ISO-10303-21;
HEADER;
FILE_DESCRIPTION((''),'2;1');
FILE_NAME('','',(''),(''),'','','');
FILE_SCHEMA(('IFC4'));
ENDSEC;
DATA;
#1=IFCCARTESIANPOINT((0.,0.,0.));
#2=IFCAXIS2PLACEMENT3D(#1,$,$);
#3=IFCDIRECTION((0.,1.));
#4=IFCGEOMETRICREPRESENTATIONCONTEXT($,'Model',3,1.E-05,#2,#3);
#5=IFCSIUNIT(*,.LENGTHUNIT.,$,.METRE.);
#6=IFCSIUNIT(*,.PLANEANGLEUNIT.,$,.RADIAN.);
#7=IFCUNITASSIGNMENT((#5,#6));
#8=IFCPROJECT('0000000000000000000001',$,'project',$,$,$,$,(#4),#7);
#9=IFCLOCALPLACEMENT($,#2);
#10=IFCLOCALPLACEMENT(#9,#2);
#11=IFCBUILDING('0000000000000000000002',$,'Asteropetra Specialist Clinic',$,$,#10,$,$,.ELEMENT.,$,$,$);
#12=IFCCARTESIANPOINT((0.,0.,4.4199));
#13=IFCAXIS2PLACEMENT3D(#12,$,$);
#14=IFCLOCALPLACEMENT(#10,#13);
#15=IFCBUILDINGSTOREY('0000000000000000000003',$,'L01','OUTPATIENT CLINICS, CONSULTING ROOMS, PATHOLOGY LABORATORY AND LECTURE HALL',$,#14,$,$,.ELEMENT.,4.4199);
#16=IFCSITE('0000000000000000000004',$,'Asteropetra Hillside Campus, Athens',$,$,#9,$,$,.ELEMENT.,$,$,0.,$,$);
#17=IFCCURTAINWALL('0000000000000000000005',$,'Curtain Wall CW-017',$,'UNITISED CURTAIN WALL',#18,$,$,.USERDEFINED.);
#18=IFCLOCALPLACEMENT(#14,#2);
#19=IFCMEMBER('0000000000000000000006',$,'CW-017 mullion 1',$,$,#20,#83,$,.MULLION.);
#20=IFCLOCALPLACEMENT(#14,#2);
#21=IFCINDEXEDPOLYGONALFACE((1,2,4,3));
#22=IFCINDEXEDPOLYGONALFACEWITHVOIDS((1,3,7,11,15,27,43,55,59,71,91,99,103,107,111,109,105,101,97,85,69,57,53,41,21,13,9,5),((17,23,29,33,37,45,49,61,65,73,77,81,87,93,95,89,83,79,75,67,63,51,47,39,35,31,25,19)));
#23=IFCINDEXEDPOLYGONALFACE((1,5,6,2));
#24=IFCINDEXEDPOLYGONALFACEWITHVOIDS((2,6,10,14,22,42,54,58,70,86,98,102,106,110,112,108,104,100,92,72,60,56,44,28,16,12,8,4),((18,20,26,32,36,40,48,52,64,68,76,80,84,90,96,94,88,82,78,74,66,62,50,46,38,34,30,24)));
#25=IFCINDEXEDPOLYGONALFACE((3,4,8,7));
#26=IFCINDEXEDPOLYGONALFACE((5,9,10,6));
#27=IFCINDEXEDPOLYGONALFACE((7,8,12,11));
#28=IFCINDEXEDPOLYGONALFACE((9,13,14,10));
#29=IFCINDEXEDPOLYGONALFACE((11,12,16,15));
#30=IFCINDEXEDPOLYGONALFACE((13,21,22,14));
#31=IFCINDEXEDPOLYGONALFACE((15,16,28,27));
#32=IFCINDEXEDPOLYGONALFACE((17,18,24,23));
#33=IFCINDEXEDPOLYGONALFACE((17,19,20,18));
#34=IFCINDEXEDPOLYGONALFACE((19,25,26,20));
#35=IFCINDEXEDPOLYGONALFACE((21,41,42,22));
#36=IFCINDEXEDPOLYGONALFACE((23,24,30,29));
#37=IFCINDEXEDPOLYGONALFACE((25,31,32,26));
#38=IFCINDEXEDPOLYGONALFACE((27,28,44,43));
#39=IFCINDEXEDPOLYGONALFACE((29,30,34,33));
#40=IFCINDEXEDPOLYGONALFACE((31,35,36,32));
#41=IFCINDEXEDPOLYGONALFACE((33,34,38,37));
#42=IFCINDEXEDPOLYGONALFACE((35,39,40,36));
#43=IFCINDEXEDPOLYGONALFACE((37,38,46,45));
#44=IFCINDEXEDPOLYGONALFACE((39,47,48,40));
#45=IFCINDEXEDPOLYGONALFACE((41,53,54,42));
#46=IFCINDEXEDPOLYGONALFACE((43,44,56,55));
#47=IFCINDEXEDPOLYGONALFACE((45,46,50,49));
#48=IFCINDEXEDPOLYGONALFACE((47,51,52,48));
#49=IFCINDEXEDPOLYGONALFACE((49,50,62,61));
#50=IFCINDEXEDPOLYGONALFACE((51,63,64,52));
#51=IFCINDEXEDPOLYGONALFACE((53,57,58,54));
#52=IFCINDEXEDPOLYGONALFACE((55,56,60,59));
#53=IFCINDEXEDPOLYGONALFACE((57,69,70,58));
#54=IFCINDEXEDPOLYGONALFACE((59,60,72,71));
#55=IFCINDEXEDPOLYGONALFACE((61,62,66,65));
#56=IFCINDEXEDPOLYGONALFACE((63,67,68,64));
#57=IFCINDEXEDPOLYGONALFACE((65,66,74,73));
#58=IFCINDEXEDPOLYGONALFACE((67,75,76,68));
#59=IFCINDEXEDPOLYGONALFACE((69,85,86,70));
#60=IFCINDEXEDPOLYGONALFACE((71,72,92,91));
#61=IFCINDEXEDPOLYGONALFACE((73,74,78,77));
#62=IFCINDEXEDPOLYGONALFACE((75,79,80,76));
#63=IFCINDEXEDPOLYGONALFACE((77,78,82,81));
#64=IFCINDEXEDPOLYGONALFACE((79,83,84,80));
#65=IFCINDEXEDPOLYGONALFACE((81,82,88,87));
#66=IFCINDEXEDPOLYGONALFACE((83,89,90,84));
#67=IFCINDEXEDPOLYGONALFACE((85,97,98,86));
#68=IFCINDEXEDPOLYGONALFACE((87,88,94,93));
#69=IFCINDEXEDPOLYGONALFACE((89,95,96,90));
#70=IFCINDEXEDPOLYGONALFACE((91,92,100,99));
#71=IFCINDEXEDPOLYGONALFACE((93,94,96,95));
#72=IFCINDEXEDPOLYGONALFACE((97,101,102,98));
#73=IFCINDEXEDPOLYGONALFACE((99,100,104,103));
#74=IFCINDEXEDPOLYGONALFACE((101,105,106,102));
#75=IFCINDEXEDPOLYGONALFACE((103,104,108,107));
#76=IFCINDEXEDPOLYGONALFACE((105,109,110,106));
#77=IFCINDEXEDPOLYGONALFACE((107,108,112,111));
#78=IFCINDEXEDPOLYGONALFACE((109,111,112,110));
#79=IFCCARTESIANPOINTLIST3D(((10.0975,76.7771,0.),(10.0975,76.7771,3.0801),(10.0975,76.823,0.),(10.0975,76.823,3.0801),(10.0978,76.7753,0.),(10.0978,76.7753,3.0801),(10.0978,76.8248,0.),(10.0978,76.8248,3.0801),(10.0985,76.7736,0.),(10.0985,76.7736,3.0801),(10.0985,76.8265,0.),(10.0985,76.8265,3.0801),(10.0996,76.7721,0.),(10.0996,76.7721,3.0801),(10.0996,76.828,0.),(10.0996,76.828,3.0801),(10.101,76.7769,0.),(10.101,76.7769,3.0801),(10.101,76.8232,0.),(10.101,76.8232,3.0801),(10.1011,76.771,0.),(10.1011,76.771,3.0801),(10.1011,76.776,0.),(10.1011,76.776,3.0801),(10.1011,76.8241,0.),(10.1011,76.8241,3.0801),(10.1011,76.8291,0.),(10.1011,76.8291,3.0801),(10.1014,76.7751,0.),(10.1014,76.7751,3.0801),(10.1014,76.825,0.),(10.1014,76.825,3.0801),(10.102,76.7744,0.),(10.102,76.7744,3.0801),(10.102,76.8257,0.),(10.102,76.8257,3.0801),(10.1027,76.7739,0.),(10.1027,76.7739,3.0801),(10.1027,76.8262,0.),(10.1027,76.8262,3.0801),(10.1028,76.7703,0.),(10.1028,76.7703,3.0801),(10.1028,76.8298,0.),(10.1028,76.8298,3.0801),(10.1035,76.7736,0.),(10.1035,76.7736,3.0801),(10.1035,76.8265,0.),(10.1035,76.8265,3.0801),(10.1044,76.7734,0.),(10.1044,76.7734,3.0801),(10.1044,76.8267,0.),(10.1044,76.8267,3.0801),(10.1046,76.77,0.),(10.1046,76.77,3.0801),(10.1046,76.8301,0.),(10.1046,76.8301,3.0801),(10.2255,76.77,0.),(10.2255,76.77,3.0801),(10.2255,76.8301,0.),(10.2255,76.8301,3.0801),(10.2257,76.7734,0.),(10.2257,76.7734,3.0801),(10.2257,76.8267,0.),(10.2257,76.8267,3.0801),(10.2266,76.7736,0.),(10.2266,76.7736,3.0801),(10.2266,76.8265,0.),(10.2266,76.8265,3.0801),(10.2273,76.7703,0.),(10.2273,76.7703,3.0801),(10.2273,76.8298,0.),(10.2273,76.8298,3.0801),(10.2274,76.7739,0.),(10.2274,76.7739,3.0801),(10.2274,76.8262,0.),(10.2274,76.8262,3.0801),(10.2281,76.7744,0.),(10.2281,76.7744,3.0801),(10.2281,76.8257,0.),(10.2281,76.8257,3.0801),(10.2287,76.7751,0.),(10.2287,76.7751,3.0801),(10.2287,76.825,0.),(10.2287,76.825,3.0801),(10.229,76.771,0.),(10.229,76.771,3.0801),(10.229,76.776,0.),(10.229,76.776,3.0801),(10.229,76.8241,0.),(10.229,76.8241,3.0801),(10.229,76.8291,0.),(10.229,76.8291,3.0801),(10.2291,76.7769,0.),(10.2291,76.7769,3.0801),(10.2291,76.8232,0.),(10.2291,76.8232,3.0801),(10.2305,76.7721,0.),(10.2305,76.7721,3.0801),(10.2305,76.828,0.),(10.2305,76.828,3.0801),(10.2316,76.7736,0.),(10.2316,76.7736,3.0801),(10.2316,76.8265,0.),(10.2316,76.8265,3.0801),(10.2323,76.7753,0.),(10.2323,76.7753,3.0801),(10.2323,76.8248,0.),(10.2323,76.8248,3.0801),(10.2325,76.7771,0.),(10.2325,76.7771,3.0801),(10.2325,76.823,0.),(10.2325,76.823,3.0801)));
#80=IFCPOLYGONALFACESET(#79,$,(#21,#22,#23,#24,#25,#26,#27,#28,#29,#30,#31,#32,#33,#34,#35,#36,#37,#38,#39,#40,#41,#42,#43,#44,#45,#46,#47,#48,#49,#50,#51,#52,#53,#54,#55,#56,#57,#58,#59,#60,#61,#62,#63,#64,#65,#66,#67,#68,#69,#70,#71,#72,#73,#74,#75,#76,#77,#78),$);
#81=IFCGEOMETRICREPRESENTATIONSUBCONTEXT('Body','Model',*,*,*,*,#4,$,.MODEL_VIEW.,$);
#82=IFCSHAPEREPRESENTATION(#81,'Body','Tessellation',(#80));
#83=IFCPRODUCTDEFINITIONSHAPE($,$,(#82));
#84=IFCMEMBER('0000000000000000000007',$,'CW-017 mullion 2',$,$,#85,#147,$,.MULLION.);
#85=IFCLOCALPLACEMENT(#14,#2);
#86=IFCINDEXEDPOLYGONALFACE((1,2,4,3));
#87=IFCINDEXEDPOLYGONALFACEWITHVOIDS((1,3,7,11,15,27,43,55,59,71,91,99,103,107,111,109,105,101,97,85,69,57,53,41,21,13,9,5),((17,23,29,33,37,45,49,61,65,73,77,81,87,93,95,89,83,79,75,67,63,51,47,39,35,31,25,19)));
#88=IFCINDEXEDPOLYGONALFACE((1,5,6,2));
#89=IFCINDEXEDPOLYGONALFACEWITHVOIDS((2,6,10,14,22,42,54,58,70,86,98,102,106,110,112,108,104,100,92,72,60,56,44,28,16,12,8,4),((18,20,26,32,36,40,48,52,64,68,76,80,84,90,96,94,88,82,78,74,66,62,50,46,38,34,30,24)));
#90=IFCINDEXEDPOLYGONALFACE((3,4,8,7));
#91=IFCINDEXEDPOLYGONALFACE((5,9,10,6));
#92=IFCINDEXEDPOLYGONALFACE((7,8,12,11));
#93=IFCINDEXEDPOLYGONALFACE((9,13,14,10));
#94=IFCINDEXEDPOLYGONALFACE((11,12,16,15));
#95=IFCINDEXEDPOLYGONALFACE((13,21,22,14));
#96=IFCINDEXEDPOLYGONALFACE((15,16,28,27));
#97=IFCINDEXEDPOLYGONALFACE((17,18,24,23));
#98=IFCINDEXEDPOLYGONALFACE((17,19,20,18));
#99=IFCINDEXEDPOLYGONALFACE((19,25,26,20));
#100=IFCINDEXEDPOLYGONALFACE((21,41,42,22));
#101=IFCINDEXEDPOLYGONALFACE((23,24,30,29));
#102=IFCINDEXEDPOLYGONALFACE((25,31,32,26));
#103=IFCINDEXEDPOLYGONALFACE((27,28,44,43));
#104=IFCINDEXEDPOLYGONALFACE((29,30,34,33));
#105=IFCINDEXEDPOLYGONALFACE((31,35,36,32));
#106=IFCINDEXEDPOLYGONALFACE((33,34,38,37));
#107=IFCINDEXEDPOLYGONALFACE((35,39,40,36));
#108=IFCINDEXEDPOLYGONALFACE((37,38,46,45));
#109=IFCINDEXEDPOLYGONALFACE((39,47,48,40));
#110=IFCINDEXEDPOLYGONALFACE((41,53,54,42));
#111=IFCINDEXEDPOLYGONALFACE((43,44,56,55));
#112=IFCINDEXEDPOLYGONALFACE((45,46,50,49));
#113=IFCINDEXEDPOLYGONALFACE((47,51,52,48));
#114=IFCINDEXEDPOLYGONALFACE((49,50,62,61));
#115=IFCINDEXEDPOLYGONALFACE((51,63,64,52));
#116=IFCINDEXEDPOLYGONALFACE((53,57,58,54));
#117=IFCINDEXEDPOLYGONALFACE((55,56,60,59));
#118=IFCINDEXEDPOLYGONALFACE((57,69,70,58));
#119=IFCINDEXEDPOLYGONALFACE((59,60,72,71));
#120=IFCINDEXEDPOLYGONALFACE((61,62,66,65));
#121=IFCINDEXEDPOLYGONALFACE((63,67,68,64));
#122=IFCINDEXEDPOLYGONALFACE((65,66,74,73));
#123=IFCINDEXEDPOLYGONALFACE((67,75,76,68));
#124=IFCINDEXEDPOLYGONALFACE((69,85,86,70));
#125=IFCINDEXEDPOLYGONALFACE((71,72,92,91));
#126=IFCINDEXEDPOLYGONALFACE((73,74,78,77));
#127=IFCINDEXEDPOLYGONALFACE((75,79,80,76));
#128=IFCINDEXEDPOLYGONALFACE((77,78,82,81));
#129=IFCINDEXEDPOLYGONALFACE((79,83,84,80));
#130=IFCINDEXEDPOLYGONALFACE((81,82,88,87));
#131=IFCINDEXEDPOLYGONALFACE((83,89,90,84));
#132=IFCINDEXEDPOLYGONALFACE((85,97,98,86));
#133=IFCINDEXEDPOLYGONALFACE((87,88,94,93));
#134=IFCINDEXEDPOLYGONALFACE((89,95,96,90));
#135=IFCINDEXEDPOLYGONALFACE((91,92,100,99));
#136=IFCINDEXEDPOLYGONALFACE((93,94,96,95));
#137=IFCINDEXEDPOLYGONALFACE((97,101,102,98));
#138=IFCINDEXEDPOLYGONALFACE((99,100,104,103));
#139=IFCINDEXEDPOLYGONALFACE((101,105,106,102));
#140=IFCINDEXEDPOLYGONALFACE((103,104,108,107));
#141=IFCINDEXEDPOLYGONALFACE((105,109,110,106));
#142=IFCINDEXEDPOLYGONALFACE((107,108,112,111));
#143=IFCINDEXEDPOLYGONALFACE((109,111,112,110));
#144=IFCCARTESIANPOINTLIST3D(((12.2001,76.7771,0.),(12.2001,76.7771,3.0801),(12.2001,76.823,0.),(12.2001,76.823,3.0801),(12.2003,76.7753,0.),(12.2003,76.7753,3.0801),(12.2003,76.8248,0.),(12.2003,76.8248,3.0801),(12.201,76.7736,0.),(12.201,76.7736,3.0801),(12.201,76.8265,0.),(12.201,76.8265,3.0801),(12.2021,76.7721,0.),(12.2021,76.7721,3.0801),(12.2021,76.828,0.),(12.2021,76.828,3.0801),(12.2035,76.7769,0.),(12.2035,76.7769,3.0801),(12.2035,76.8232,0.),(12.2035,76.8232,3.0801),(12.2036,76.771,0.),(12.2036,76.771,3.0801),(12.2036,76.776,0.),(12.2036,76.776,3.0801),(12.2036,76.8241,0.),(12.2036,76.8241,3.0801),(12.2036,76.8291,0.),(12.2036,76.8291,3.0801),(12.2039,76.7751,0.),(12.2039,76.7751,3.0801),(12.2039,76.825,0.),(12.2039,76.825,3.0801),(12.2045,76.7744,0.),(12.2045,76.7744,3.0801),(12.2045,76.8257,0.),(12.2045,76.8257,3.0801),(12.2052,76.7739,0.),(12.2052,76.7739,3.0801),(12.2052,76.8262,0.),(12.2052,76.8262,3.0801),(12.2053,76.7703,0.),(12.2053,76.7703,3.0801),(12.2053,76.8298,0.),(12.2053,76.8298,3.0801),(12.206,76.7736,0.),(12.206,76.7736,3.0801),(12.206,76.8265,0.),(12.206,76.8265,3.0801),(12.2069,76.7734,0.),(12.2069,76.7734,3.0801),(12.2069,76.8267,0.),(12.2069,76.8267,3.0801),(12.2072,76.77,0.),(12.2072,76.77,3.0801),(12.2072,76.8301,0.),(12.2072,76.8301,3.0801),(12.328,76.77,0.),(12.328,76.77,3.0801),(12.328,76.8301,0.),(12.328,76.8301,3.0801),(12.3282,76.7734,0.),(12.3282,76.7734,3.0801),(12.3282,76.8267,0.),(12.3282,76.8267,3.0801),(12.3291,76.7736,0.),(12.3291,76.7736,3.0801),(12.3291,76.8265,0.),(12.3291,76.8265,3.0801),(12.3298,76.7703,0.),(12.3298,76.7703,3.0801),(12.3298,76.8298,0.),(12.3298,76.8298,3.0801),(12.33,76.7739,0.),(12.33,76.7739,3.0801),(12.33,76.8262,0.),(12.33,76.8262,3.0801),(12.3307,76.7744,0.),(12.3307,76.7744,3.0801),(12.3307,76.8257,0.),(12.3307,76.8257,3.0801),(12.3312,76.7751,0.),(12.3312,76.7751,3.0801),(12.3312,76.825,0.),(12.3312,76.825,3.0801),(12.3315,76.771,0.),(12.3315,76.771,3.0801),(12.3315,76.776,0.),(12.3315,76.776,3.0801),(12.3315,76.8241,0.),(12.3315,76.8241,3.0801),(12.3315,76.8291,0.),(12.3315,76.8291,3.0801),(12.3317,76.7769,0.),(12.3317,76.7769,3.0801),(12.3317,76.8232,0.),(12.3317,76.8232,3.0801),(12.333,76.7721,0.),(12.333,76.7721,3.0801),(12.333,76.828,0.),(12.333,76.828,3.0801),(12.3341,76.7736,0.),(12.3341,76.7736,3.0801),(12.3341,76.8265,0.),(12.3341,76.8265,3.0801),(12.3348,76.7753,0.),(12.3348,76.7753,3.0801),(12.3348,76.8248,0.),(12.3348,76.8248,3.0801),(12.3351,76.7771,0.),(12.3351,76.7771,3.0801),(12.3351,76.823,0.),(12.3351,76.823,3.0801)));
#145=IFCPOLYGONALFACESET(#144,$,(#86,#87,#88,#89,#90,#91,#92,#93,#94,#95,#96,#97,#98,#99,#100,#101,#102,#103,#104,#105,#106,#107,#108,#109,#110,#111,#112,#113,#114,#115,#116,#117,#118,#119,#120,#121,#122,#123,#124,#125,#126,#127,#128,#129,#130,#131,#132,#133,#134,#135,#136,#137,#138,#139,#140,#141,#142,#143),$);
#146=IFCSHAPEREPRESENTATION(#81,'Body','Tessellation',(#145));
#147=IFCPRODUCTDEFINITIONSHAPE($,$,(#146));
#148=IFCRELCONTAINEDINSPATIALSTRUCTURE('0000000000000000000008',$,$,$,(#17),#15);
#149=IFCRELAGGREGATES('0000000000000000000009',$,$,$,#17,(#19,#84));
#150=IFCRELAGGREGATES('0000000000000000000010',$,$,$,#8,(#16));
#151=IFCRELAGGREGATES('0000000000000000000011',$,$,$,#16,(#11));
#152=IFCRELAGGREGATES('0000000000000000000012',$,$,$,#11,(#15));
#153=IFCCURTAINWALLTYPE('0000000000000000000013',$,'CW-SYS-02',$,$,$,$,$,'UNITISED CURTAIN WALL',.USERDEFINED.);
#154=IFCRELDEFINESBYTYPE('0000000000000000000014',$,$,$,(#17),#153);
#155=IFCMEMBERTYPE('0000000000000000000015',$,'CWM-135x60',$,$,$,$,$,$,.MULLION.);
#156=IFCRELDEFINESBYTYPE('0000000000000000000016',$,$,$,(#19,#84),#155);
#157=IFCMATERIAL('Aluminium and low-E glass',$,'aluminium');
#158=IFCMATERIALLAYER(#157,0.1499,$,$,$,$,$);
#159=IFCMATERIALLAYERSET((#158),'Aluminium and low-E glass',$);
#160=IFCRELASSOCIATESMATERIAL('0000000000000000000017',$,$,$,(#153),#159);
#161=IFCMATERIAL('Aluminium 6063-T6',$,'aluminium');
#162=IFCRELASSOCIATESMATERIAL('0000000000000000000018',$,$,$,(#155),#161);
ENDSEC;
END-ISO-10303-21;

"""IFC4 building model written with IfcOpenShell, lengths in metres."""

from ifc_helpers import new_model, si_unit, direction, frame, origin, origin_2d, place, context, subcontext, project, spatial, hollow_rectangle, extrude, material, layer, layer_set, material_profile, profile_set, type_object, element, aggregate, save


model = new_model("IFC4")

# Units and contexts
model_context = context("Model", 3, precision=1e-05, world=origin(), true_north=direction((0.0, 1.0)))
body_context = subcontext(model_context, "Body", "Model", "MODEL_VIEW")
ifc_project = project(units=[si_unit("LENGTHUNIT", "METRE"), si_unit("PLANEANGLEUNIT", "RADIAN")], contexts=[model_context])

# Site, building, storey
site_placement = place(None, origin())
site = spatial("IfcSite", under=ifc_project, at=site_placement, Name="Asteropetra Hillside Campus, Athens", CompositionType="ELEMENT", RefElevation=0.0)
building_placement = place(site_placement, origin())
building = spatial("IfcBuilding", under=site, at=building_placement, Name="Asteropetra Specialist Clinic", CompositionType="ELEMENT")
storey_placement = place(building_placement, frame((0.0, 0.0, 4.4199)))
storey = spatial("IfcBuildingStorey", under=building, at=storey_placement, Name="L01", Description="OUTPATIENT CLINICS, CONSULTING ROOMS, PATHOLOGY LABORATORY AND LECTURE HALL", CompositionType="ELEMENT", Elevation=4.4199)

# Curtain wall, members
ifc_material_1 = material(Name="Aluminium and low-E glass", Category="aluminium")
ifc_layer_1 = layer(ifc_material_1, 0.1499)
ifc_layer_set_1 = layer_set([ifc_layer_1], Name="Aluminium and low-E glass")
curtain_wall_type_1 = type_object("IfcCurtainWallType", Name="CW-SYS-02", ElementType="UNITISED CURTAIN WALL", PredefinedType="USERDEFINED", material=ifc_layer_set_1)
curtain_wall_1_placement = place(storey_placement, origin())
curtain_wall_1 = element("IfcCurtainWall", 1, at=curtain_wall_1_placement, inside=storey, type_object=curtain_wall_type_1, Name="Curtain Wall CW-017", ObjectType="UNITISED CURTAIN WALL", PredefinedType="USERDEFINED")
ifc_material_2 = material(Name="Aluminium 6063-T6", Category="aluminium")
ifc_material_profile_1 = material_profile(ifc_material_2, hollow_rectangle(XDim=0.0601, YDim=0.135, WallThickness=0.0034, InnerFilletRadius=0.0034, OuterFilletRadius=0.0071, at=origin_2d()), Name="MUL 135x60x3.5")
ifc_profile_set_1 = profile_set([ifc_material_profile_1], Name="Aluminium 6063-T6")
member_type_1 = type_object("IfcMemberType", Name="CWM-135x60", PredefinedType="MULLION", material=ifc_profile_set_1)
member_1_placement = place(storey_placement, frame((10.165, 76.8, 0.0), z_axis=(0.0, 0.0, 1.0), x_axis=(0.0, 1.0, 0.0)))
member_1 = element("IfcMember", 2, at=member_1_placement, type_object=member_type_1, Name="CW-017 mullion 1", PredefinedType="MULLION", context=body_context, shape_type="SweptSolid", body=[
    extrude(hollow_rectangle(XDim=0.0601, YDim=0.135, WallThickness=0.0034, InnerFilletRadius=0.0034, OuterFilletRadius=0.0071, at=origin_2d()), origin(), (0.0, 0.0, 1.0), 3.0801),
])
member_2_placement = place(storey_placement, frame((12.2676, 76.8, 0.0), z_axis=(0.0, 0.0, 1.0), x_axis=(0.0, 1.0, 0.0)))
member_2 = element("IfcMember", 3, at=member_2_placement, type_object=member_type_1, Name="CW-017 mullion 2", PredefinedType="MULLION", context=body_context, shape_type="SweptSolid", body=[
    extrude(hollow_rectangle(XDim=0.0601, YDim=0.135, WallThickness=0.0034, InnerFilletRadius=0.0034, OuterFilletRadius=0.0071, at=origin_2d()), origin(), (0.0, 0.0, 1.0), 3.0801),
])

aggregate(curtain_wall_1, [member_1, member_2])

save(model, "model.ifc")
